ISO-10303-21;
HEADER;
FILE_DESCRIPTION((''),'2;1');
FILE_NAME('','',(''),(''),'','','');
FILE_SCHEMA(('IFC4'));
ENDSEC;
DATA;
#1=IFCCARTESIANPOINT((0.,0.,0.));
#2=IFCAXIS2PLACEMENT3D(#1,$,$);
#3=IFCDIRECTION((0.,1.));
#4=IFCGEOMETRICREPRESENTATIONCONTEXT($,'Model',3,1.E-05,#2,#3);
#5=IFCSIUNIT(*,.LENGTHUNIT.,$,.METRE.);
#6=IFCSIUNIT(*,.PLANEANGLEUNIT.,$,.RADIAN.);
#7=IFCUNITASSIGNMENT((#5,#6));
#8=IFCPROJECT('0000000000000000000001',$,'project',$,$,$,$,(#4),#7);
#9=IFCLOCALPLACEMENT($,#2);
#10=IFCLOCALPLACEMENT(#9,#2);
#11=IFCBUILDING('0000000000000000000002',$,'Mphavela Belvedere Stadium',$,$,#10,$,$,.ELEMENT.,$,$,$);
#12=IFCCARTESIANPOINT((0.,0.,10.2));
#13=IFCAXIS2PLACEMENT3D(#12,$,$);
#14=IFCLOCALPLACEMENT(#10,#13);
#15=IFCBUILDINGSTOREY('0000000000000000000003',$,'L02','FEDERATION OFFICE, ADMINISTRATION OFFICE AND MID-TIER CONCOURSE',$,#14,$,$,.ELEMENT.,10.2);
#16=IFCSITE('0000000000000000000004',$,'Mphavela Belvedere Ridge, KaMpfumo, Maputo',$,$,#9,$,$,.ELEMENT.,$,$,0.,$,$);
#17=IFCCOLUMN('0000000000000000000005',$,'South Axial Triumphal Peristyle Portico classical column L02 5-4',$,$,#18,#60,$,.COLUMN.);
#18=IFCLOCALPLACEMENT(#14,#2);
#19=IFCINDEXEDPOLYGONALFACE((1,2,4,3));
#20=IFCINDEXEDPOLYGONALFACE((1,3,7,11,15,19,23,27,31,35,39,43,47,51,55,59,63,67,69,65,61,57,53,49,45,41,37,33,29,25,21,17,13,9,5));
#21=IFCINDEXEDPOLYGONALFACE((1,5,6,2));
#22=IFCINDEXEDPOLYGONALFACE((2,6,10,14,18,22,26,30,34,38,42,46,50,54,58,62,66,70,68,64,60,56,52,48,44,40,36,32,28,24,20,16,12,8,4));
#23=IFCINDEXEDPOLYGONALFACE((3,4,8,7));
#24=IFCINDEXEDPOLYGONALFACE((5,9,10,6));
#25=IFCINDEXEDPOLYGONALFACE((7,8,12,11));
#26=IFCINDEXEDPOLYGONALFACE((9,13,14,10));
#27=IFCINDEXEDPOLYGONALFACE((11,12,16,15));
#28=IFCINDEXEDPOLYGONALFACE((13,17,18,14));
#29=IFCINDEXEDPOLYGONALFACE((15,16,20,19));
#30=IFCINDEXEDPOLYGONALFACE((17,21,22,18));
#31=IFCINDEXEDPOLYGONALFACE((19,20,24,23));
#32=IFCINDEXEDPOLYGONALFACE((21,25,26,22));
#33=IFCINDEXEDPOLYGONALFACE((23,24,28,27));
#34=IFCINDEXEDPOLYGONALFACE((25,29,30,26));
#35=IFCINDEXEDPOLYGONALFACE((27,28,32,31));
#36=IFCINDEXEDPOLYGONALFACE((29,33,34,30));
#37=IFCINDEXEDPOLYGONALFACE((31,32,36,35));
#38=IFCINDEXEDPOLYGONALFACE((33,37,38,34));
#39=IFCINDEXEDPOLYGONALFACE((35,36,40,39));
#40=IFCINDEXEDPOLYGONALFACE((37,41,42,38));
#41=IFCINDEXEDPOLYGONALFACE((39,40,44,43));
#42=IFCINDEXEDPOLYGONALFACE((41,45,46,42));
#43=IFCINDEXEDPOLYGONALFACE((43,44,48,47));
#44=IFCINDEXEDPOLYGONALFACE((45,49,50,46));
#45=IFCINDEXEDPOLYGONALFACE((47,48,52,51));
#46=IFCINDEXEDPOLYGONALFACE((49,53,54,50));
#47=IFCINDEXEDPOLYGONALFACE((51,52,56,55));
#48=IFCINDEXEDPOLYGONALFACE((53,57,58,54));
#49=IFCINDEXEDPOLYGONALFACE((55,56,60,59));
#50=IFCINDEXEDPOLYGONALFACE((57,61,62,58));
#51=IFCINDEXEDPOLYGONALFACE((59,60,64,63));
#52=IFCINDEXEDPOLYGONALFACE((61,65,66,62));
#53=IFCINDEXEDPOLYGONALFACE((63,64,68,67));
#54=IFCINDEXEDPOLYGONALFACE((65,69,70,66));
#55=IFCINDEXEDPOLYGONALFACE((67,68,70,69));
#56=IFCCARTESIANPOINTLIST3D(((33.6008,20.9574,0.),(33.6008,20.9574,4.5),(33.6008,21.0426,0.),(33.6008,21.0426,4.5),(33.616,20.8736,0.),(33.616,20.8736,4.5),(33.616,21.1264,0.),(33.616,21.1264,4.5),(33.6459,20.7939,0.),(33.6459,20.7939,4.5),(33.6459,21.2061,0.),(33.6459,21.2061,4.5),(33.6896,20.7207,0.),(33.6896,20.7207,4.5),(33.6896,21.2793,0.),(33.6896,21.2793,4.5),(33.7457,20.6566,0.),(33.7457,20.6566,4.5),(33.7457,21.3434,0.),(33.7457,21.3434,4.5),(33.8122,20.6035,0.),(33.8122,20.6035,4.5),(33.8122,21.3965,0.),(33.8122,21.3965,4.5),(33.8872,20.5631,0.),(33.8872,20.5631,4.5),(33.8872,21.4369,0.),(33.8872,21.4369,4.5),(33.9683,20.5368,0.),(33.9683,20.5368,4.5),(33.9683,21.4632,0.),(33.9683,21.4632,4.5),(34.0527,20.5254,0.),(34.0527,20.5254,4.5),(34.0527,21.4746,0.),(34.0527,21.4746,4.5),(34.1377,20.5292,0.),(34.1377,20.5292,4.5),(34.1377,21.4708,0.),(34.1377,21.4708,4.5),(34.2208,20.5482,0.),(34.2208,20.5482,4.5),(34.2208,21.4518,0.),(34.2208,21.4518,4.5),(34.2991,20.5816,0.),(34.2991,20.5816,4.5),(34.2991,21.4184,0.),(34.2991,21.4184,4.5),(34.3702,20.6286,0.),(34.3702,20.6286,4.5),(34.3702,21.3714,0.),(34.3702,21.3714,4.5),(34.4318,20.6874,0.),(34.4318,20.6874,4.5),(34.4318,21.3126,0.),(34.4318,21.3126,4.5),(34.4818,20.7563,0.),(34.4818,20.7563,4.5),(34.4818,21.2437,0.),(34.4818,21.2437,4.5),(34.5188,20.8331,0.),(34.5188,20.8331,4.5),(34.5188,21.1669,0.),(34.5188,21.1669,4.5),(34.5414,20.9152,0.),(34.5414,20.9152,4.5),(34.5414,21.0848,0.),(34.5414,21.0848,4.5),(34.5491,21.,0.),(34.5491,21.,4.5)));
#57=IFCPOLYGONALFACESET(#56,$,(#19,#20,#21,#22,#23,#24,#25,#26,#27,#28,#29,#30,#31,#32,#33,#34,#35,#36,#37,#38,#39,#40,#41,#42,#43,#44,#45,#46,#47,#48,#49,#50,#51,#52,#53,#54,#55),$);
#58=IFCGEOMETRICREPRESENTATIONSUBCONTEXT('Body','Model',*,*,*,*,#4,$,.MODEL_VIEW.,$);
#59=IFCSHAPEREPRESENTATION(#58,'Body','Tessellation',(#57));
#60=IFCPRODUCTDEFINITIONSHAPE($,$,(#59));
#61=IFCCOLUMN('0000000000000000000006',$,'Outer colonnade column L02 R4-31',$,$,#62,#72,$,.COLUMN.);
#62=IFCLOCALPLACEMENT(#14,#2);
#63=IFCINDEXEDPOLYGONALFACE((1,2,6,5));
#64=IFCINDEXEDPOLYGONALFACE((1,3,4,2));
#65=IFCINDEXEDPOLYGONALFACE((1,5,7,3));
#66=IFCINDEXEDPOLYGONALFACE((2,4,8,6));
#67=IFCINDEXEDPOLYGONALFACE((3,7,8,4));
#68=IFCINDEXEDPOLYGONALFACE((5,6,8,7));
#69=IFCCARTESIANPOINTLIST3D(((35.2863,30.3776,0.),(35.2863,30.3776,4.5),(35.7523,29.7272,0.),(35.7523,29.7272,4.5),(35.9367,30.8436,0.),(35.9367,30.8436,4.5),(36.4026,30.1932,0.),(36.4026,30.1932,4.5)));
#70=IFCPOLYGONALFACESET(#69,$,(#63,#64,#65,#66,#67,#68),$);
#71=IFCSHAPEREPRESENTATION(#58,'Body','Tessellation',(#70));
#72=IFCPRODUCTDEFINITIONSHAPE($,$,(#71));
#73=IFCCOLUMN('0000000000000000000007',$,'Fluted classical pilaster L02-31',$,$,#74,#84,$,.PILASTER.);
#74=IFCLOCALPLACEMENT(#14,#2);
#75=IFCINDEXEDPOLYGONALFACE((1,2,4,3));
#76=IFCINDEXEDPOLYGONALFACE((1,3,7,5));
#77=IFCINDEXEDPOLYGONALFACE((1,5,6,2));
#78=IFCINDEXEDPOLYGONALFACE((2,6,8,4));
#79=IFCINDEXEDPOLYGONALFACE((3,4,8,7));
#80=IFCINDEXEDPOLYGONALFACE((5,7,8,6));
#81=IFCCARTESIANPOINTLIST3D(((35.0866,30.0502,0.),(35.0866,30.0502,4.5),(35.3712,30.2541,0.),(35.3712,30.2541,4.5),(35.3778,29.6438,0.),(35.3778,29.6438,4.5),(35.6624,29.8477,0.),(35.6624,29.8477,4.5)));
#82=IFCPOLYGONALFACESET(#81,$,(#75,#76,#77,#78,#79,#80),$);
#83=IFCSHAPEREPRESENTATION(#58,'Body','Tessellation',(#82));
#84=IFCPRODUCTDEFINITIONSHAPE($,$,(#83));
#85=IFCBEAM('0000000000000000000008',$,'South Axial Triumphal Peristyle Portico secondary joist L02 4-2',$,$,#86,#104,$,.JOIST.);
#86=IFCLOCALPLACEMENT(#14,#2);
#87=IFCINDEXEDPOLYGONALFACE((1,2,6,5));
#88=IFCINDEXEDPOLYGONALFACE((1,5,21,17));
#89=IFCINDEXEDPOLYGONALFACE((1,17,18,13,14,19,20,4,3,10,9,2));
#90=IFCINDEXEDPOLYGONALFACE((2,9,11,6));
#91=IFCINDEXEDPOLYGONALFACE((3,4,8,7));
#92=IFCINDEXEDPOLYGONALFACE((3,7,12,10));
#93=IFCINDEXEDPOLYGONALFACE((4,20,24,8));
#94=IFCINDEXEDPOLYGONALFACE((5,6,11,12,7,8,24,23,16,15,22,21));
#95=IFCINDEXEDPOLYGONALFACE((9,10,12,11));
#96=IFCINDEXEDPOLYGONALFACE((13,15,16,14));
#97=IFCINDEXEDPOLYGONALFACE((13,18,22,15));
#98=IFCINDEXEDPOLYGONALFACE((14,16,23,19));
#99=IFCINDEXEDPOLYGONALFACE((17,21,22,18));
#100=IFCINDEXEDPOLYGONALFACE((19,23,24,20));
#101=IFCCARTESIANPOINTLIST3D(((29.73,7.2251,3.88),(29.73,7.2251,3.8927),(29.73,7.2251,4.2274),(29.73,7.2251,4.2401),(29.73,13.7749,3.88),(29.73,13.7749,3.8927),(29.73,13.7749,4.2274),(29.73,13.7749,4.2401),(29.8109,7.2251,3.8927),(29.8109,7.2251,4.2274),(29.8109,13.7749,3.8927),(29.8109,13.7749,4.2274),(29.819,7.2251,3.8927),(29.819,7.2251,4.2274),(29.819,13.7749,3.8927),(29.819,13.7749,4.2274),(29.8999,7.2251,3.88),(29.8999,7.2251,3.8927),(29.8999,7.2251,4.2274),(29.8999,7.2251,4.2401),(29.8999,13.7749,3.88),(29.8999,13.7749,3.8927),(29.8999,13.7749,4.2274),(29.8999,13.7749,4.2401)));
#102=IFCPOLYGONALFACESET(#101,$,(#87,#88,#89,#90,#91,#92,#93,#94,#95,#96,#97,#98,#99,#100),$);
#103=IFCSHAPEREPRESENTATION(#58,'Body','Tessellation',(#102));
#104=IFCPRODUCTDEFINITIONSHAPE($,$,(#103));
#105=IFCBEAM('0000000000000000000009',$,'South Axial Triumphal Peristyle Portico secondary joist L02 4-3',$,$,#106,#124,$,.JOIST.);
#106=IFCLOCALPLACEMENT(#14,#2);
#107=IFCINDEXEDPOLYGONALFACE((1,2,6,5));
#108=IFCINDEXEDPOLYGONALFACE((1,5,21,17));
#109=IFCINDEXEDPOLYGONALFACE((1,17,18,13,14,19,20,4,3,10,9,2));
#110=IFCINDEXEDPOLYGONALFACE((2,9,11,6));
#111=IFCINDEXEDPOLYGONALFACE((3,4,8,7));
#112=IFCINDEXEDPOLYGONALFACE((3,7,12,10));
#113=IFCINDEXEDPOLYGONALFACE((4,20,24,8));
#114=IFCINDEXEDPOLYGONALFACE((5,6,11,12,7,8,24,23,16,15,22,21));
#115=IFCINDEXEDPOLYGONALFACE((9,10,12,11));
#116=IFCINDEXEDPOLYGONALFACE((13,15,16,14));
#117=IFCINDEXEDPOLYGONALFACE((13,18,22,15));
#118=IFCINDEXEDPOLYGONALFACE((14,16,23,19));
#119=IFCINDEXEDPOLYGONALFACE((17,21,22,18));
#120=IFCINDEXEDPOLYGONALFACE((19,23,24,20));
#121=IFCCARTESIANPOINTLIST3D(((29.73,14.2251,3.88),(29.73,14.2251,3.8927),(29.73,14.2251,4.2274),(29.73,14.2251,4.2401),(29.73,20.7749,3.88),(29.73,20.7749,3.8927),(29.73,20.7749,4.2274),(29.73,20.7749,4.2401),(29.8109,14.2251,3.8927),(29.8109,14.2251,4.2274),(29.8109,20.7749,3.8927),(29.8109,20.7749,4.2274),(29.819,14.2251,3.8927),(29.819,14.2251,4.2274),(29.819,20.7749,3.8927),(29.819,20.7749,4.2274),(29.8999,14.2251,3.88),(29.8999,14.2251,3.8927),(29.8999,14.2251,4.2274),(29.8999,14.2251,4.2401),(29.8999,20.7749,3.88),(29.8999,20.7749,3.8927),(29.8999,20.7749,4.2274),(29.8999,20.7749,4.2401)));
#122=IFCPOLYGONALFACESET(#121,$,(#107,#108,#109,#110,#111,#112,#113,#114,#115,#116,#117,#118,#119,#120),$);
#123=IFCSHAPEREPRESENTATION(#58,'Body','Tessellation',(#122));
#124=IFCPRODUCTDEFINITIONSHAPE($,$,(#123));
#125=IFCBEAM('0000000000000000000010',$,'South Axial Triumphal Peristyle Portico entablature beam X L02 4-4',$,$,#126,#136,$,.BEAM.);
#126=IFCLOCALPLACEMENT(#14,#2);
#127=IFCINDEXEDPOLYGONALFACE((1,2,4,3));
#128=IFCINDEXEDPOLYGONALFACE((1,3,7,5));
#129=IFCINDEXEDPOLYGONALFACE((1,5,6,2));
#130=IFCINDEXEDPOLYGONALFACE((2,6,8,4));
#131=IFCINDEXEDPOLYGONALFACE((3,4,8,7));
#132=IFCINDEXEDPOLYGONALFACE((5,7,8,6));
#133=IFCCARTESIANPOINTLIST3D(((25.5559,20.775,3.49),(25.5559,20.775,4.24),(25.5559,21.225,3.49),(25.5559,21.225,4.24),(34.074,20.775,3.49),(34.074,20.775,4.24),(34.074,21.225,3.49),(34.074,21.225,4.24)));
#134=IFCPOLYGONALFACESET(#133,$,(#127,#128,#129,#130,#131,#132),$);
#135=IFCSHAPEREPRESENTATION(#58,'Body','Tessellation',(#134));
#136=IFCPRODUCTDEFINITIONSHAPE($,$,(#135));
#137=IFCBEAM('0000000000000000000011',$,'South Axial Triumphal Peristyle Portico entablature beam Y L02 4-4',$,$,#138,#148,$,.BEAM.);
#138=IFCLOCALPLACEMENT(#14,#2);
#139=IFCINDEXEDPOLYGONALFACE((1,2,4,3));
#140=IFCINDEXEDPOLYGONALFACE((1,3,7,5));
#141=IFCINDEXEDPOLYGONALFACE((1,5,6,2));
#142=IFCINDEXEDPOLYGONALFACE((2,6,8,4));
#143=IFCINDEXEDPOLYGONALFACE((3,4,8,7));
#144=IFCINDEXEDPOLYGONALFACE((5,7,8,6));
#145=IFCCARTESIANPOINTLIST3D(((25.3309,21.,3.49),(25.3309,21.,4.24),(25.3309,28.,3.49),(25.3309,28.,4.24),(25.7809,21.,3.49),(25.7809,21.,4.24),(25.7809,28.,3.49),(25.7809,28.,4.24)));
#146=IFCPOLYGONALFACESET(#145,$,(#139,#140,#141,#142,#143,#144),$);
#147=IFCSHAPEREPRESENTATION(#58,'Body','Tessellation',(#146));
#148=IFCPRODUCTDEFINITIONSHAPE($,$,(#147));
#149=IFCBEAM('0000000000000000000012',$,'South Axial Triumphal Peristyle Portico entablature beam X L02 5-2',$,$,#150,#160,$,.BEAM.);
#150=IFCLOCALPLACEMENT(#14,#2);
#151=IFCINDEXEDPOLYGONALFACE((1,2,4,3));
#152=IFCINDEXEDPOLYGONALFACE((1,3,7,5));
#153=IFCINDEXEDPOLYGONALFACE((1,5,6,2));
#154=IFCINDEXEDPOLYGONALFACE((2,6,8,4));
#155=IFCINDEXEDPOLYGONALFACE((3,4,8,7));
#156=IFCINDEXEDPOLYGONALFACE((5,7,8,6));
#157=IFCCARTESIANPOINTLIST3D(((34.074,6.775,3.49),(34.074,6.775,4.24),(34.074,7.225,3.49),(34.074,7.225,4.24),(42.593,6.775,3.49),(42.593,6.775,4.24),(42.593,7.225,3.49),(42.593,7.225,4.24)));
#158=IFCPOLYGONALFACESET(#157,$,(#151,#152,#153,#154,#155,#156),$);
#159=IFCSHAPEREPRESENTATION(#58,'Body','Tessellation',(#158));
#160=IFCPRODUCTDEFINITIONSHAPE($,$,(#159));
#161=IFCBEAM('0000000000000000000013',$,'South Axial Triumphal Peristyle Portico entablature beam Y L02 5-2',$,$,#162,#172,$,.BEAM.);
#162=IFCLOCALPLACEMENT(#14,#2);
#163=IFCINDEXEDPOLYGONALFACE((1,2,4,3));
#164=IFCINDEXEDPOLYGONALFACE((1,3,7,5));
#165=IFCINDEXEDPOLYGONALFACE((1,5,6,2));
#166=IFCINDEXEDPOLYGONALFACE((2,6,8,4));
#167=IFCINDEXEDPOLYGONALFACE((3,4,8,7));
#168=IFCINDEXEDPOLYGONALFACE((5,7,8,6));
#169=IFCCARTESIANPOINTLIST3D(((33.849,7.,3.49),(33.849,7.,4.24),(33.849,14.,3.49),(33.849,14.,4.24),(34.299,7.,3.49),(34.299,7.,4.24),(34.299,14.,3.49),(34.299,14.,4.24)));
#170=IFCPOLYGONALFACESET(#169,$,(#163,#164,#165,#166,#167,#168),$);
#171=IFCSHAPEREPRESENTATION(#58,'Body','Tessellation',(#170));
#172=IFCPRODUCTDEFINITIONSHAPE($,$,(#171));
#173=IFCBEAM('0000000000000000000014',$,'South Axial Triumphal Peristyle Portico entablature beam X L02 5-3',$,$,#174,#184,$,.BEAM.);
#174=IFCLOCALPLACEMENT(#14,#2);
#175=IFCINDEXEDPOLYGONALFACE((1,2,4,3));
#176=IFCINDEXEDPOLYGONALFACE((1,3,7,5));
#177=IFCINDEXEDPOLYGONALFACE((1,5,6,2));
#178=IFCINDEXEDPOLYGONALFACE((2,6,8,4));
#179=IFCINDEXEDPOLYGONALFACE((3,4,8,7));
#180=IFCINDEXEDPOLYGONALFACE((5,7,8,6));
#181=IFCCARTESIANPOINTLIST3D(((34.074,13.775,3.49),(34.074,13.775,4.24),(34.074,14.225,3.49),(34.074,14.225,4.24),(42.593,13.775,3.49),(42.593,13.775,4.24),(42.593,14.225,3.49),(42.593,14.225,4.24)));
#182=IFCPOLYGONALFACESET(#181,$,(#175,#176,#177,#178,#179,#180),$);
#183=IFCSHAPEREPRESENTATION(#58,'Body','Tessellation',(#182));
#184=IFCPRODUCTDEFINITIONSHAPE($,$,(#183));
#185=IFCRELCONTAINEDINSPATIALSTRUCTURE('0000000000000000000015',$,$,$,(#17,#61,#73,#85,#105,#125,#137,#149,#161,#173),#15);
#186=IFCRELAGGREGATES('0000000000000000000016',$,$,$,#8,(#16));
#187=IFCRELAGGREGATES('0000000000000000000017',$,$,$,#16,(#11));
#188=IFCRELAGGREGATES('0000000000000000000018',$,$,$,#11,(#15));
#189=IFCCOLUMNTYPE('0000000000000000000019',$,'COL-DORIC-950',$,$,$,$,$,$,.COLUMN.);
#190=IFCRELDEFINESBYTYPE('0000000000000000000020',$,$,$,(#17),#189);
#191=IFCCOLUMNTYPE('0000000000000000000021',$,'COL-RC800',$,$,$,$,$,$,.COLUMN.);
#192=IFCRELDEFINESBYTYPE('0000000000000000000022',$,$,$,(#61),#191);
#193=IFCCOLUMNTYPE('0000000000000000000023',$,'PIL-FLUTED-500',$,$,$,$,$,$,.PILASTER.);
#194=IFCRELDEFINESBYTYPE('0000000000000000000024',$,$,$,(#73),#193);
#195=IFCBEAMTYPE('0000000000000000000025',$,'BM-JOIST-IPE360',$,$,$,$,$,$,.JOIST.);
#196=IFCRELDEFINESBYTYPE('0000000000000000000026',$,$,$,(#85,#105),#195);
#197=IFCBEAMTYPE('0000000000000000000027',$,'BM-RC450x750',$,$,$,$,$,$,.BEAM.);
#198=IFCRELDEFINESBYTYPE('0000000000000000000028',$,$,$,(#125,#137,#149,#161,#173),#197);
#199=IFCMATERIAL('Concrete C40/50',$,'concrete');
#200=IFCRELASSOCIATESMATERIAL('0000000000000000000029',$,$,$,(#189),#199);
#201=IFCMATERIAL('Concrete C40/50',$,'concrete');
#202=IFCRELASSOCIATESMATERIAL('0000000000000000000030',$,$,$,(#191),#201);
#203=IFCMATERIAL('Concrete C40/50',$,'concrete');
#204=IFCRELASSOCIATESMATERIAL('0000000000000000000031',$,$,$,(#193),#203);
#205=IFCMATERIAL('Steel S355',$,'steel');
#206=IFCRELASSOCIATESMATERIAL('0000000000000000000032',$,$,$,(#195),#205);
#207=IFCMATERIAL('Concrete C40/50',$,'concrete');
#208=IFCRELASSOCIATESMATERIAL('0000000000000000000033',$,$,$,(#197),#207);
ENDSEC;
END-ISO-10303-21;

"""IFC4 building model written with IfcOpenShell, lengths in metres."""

from ifc_helpers import new_model, si_unit, direction, frame, origin, origin_2d, place, context, subcontext, project, spatial, rectangle, circle, i_section, extrude, material, material_profile, profile_set, type_object, element, save


model = new_model("IFC4")

# Units and contexts
model_context = context("Model", 3, precision=1e-05, world=origin(), true_north=direction((0.0, 1.0)))
body_context = subcontext(model_context, "Body", "Model", "MODEL_VIEW")
ifc_project = project(units=[si_unit("LENGTHUNIT", "METRE"), si_unit("PLANEANGLEUNIT", "RADIAN")], contexts=[model_context])

# Site, building, storey
site_placement = place(None, origin())
site = spatial("IfcSite", under=ifc_project, at=site_placement, Name="Mphavela Belvedere Ridge, KaMpfumo, Maputo", CompositionType="ELEMENT", RefElevation=0.0)
building_placement = place(site_placement, origin())
building = spatial("IfcBuilding", under=site, at=building_placement, Name="Mphavela Belvedere Stadium", CompositionType="ELEMENT")
storey_placement = place(building_placement, frame((0.0, 0.0, 10.2)))
storey = spatial("IfcBuildingStorey", under=building, at=storey_placement, Name="L02", Description="FEDERATION OFFICE, ADMINISTRATION OFFICE AND MID-TIER CONCOURSE", CompositionType="ELEMENT", Elevation=10.2)

# Columns
ifc_material_1 = material(Name="Concrete C40/50", Category="concrete")
ifc_material_profile_1 = material_profile(ifc_material_1, circle(Radius=0.4751, at=origin_2d()), Name="COL D950")
ifc_profile_set_1 = profile_set([ifc_material_profile_1], Name="Concrete C40/50")
column_type_1 = type_object("IfcColumnType", Name="COL-DORIC-950", PredefinedType="COLUMN", material=ifc_profile_set_1)
for number, where, z_axis, x_axis, name in (
    (1, (34.074, 21.0, 0.0), (0.0, 0.0, 1.0), (1.0, 0.0, 0.0), "South Axial Triumphal Peristyle Portico classical column L02 5-4"),
):
    element("IfcColumn", number, at=place(storey_placement, frame(where, z_axis=z_axis, x_axis=x_axis)), inside=storey, type_object=column_type_1, Name=name, PredefinedType="COLUMN", context=body_context, shape_type="SweptSolid", body=[
        extrude(circle(Radius=0.4751, at=origin_2d()), origin(), (0.0, 0.0, 1.0), 4.5),
    ])
ifc_material_2 = material(Name="Concrete C40/50", Category="concrete")
ifc_material_profile_2 = material_profile(ifc_material_2, rectangle(XDim=0.8, YDim=0.8, at=origin_2d()), Name="RC 800x800")
ifc_profile_set_2 = profile_set([ifc_material_profile_2], Name="Concrete C40/50")
column_type_2 = type_object("IfcColumnType", Name="COL-RC800", PredefinedType="COLUMN", material=ifc_profile_set_2)
column_1_placement = place(storey_placement, frame((35.8445, 30.2854, 0.0), z_axis=(0.0, 0.0, 1.0), x_axis=(-0.812898, -0.582407, 0.0)))
element("IfcColumn", 2, at=column_1_placement, inside=storey, type_object=column_type_2, Name="Outer colonnade column L02 R4-31", PredefinedType="COLUMN", context=body_context, shape_type="SweptSolid", body=[
    extrude(rectangle(XDim=0.8, YDim=0.8, at=origin_2d()), origin(), (0.0, 0.0, 1.0), 4.5),
])
ifc_material_3 = material(Name="Concrete C40/50", Category="concrete")
ifc_material_profile_3 = material_profile(ifc_material_3, rectangle(XDim=0.5, YDim=0.3501, at=origin_2d()), Name="PIL 500x350")
ifc_profile_set_3 = profile_set([ifc_material_profile_3], Name="Concrete C40/50")
column_type_3 = type_object("IfcColumnType", Name="PIL-FLUTED-500", PredefinedType="PILASTER", material=ifc_profile_set_3)
column_2_placement = place(storey_placement, frame((35.3745, 29.949, 0.0), z_axis=(0.0, 0.0, 1.0), x_axis=(0.582407, -0.812898, 0.0)))
element("IfcColumn", 3, at=column_2_placement, inside=storey, type_object=column_type_3, Name="Fluted classical pilaster L02-31", PredefinedType="PILASTER", context=body_context, shape_type="SweptSolid", body=[
    extrude(rectangle(XDim=0.5, YDim=0.3501, at=origin_2d()), origin(), (0.0, 0.0, 1.0), 4.5),
])

# Beams
ifc_material_4 = material(Name="Steel S355", Category="steel")
ifc_material_profile_4 = material_profile(ifc_material_4, i_section(OverallWidth=0.1699, OverallDepth=0.3601, WebThickness=0.0081, FlangeThickness=0.0127, at=origin_2d()), Name="IPE 360")
ifc_profile_set_4 = profile_set([ifc_material_profile_4], Name="Steel S355")
beam_type_1 = type_object("IfcBeamType", Name="BM-JOIST-IPE360", PredefinedType="JOIST", material=ifc_profile_set_4)
for number, where, z_axis, x_axis, name in (
    (4, (29.8149, 7.2251, 4.0601), (0.0, 1.0, 0.0), (-1.0, 0.0, 0.0), "South Axial Triumphal Peristyle Portico secondary joist L02 4-2"),
    (5, (29.8149, 14.2251, 4.0601), (0.0, 1.0, 0.0), (-1.0, 0.0, 0.0), "South Axial Triumphal Peristyle Portico secondary joist L02 4-3"),
):
    element("IfcBeam", number, at=place(storey_placement, frame(where, z_axis=z_axis, x_axis=x_axis)), inside=storey, type_object=beam_type_1, Name=name, PredefinedType="JOIST", context=body_context, shape_type="SweptSolid", body=[
        extrude(i_section(OverallWidth=0.1699, OverallDepth=0.3601, WebThickness=0.0081, FlangeThickness=0.0127, at=origin_2d()), origin(), (0.0, 0.0, 1.0), 6.5498),
    ])
ifc_material_5 = material(Name="Concrete C40/50", Category="concrete")
ifc_material_profile_5 = material_profile(ifc_material_5, rectangle(XDim=0.45, YDim=0.75, at=origin_2d()), Name="RC 450x750")
ifc_profile_set_5 = profile_set([ifc_material_profile_5], Name="Concrete C40/50")
beam_type_2 = type_object("IfcBeamType", Name="BM-RC450x750", PredefinedType="BEAM", material=ifc_profile_set_5)
beam_1_placement = place(storey_placement, frame((25.5559, 21.0, 3.865), z_axis=(1.0, 0.0, 0.0), x_axis=(0.0, 1.0, 0.0)))
element("IfcBeam", 6, at=beam_1_placement, inside=storey, type_object=beam_type_2, Name="South Axial Triumphal Peristyle Portico entablature beam X L02 4-4", PredefinedType="BEAM", context=body_context, shape_type="SweptSolid", body=[
    extrude(rectangle(XDim=0.45, YDim=0.75, at=origin_2d()), origin(), (0.0, 0.0, 1.0), 8.5181),
])
beam_2_placement = place(storey_placement, frame((25.5559, 21.0, 3.865), z_axis=(0.0, 1.0, 0.0), x_axis=(-1.0, 0.0, 0.0)))
element("IfcBeam", 7, at=beam_2_placement, inside=storey, type_object=beam_type_2, Name="South Axial Triumphal Peristyle Portico entablature beam Y L02 4-4", PredefinedType="BEAM", context=body_context, shape_type="SweptSolid", body=[
    extrude(rectangle(XDim=0.45, YDim=0.75, at=origin_2d()), origin(), (0.0, 0.0, 1.0), 7.0),
])
beam_3_placement = place(storey_placement, frame((34.074, 7.0, 3.865), z_axis=(1.0, 0.0, 0.0), x_axis=(0.0, 1.0, 0.0)))
element("IfcBeam", 8, at=beam_3_placement, inside=storey, type_object=beam_type_2, Name="South Axial Triumphal Peristyle Portico entablature beam X L02 5-2", PredefinedType="BEAM", context=body_context, shape_type="SweptSolid", body=[
    extrude(rectangle(XDim=0.45, YDim=0.75, at=origin_2d()), origin(), (0.0, 0.0, 1.0), 8.519),
])
beam_4_placement = place(storey_placement, frame((34.074, 7.0, 3.865), z_axis=(0.0, 1.0, 0.0), x_axis=(-1.0, 0.0, 0.0)))
element("IfcBeam", 9, at=beam_4_placement, inside=storey, type_object=beam_type_2, Name="South Axial Triumphal Peristyle Portico entablature beam Y L02 5-2", PredefinedType="BEAM", context=body_context, shape_type="SweptSolid", body=[
    extrude(rectangle(XDim=0.45, YDim=0.75, at=origin_2d()), origin(), (0.0, 0.0, 1.0), 7.0),
])
beam_5_placement = place(storey_placement, frame((34.074, 14.0, 3.865), z_axis=(1.0, 0.0, 0.0), x_axis=(0.0, 1.0, 0.0)))
element("IfcBeam", 10, at=beam_5_placement, inside=storey, type_object=beam_type_2, Name="South Axial Triumphal Peristyle Portico entablature beam X L02 5-3", PredefinedType="BEAM", context=body_context, shape_type="SweptSolid", body=[
    extrude(rectangle(XDim=0.45, YDim=0.75, at=origin_2d()), origin(), (0.0, 0.0, 1.0), 8.519),
])

save(model, "model.ifc")
